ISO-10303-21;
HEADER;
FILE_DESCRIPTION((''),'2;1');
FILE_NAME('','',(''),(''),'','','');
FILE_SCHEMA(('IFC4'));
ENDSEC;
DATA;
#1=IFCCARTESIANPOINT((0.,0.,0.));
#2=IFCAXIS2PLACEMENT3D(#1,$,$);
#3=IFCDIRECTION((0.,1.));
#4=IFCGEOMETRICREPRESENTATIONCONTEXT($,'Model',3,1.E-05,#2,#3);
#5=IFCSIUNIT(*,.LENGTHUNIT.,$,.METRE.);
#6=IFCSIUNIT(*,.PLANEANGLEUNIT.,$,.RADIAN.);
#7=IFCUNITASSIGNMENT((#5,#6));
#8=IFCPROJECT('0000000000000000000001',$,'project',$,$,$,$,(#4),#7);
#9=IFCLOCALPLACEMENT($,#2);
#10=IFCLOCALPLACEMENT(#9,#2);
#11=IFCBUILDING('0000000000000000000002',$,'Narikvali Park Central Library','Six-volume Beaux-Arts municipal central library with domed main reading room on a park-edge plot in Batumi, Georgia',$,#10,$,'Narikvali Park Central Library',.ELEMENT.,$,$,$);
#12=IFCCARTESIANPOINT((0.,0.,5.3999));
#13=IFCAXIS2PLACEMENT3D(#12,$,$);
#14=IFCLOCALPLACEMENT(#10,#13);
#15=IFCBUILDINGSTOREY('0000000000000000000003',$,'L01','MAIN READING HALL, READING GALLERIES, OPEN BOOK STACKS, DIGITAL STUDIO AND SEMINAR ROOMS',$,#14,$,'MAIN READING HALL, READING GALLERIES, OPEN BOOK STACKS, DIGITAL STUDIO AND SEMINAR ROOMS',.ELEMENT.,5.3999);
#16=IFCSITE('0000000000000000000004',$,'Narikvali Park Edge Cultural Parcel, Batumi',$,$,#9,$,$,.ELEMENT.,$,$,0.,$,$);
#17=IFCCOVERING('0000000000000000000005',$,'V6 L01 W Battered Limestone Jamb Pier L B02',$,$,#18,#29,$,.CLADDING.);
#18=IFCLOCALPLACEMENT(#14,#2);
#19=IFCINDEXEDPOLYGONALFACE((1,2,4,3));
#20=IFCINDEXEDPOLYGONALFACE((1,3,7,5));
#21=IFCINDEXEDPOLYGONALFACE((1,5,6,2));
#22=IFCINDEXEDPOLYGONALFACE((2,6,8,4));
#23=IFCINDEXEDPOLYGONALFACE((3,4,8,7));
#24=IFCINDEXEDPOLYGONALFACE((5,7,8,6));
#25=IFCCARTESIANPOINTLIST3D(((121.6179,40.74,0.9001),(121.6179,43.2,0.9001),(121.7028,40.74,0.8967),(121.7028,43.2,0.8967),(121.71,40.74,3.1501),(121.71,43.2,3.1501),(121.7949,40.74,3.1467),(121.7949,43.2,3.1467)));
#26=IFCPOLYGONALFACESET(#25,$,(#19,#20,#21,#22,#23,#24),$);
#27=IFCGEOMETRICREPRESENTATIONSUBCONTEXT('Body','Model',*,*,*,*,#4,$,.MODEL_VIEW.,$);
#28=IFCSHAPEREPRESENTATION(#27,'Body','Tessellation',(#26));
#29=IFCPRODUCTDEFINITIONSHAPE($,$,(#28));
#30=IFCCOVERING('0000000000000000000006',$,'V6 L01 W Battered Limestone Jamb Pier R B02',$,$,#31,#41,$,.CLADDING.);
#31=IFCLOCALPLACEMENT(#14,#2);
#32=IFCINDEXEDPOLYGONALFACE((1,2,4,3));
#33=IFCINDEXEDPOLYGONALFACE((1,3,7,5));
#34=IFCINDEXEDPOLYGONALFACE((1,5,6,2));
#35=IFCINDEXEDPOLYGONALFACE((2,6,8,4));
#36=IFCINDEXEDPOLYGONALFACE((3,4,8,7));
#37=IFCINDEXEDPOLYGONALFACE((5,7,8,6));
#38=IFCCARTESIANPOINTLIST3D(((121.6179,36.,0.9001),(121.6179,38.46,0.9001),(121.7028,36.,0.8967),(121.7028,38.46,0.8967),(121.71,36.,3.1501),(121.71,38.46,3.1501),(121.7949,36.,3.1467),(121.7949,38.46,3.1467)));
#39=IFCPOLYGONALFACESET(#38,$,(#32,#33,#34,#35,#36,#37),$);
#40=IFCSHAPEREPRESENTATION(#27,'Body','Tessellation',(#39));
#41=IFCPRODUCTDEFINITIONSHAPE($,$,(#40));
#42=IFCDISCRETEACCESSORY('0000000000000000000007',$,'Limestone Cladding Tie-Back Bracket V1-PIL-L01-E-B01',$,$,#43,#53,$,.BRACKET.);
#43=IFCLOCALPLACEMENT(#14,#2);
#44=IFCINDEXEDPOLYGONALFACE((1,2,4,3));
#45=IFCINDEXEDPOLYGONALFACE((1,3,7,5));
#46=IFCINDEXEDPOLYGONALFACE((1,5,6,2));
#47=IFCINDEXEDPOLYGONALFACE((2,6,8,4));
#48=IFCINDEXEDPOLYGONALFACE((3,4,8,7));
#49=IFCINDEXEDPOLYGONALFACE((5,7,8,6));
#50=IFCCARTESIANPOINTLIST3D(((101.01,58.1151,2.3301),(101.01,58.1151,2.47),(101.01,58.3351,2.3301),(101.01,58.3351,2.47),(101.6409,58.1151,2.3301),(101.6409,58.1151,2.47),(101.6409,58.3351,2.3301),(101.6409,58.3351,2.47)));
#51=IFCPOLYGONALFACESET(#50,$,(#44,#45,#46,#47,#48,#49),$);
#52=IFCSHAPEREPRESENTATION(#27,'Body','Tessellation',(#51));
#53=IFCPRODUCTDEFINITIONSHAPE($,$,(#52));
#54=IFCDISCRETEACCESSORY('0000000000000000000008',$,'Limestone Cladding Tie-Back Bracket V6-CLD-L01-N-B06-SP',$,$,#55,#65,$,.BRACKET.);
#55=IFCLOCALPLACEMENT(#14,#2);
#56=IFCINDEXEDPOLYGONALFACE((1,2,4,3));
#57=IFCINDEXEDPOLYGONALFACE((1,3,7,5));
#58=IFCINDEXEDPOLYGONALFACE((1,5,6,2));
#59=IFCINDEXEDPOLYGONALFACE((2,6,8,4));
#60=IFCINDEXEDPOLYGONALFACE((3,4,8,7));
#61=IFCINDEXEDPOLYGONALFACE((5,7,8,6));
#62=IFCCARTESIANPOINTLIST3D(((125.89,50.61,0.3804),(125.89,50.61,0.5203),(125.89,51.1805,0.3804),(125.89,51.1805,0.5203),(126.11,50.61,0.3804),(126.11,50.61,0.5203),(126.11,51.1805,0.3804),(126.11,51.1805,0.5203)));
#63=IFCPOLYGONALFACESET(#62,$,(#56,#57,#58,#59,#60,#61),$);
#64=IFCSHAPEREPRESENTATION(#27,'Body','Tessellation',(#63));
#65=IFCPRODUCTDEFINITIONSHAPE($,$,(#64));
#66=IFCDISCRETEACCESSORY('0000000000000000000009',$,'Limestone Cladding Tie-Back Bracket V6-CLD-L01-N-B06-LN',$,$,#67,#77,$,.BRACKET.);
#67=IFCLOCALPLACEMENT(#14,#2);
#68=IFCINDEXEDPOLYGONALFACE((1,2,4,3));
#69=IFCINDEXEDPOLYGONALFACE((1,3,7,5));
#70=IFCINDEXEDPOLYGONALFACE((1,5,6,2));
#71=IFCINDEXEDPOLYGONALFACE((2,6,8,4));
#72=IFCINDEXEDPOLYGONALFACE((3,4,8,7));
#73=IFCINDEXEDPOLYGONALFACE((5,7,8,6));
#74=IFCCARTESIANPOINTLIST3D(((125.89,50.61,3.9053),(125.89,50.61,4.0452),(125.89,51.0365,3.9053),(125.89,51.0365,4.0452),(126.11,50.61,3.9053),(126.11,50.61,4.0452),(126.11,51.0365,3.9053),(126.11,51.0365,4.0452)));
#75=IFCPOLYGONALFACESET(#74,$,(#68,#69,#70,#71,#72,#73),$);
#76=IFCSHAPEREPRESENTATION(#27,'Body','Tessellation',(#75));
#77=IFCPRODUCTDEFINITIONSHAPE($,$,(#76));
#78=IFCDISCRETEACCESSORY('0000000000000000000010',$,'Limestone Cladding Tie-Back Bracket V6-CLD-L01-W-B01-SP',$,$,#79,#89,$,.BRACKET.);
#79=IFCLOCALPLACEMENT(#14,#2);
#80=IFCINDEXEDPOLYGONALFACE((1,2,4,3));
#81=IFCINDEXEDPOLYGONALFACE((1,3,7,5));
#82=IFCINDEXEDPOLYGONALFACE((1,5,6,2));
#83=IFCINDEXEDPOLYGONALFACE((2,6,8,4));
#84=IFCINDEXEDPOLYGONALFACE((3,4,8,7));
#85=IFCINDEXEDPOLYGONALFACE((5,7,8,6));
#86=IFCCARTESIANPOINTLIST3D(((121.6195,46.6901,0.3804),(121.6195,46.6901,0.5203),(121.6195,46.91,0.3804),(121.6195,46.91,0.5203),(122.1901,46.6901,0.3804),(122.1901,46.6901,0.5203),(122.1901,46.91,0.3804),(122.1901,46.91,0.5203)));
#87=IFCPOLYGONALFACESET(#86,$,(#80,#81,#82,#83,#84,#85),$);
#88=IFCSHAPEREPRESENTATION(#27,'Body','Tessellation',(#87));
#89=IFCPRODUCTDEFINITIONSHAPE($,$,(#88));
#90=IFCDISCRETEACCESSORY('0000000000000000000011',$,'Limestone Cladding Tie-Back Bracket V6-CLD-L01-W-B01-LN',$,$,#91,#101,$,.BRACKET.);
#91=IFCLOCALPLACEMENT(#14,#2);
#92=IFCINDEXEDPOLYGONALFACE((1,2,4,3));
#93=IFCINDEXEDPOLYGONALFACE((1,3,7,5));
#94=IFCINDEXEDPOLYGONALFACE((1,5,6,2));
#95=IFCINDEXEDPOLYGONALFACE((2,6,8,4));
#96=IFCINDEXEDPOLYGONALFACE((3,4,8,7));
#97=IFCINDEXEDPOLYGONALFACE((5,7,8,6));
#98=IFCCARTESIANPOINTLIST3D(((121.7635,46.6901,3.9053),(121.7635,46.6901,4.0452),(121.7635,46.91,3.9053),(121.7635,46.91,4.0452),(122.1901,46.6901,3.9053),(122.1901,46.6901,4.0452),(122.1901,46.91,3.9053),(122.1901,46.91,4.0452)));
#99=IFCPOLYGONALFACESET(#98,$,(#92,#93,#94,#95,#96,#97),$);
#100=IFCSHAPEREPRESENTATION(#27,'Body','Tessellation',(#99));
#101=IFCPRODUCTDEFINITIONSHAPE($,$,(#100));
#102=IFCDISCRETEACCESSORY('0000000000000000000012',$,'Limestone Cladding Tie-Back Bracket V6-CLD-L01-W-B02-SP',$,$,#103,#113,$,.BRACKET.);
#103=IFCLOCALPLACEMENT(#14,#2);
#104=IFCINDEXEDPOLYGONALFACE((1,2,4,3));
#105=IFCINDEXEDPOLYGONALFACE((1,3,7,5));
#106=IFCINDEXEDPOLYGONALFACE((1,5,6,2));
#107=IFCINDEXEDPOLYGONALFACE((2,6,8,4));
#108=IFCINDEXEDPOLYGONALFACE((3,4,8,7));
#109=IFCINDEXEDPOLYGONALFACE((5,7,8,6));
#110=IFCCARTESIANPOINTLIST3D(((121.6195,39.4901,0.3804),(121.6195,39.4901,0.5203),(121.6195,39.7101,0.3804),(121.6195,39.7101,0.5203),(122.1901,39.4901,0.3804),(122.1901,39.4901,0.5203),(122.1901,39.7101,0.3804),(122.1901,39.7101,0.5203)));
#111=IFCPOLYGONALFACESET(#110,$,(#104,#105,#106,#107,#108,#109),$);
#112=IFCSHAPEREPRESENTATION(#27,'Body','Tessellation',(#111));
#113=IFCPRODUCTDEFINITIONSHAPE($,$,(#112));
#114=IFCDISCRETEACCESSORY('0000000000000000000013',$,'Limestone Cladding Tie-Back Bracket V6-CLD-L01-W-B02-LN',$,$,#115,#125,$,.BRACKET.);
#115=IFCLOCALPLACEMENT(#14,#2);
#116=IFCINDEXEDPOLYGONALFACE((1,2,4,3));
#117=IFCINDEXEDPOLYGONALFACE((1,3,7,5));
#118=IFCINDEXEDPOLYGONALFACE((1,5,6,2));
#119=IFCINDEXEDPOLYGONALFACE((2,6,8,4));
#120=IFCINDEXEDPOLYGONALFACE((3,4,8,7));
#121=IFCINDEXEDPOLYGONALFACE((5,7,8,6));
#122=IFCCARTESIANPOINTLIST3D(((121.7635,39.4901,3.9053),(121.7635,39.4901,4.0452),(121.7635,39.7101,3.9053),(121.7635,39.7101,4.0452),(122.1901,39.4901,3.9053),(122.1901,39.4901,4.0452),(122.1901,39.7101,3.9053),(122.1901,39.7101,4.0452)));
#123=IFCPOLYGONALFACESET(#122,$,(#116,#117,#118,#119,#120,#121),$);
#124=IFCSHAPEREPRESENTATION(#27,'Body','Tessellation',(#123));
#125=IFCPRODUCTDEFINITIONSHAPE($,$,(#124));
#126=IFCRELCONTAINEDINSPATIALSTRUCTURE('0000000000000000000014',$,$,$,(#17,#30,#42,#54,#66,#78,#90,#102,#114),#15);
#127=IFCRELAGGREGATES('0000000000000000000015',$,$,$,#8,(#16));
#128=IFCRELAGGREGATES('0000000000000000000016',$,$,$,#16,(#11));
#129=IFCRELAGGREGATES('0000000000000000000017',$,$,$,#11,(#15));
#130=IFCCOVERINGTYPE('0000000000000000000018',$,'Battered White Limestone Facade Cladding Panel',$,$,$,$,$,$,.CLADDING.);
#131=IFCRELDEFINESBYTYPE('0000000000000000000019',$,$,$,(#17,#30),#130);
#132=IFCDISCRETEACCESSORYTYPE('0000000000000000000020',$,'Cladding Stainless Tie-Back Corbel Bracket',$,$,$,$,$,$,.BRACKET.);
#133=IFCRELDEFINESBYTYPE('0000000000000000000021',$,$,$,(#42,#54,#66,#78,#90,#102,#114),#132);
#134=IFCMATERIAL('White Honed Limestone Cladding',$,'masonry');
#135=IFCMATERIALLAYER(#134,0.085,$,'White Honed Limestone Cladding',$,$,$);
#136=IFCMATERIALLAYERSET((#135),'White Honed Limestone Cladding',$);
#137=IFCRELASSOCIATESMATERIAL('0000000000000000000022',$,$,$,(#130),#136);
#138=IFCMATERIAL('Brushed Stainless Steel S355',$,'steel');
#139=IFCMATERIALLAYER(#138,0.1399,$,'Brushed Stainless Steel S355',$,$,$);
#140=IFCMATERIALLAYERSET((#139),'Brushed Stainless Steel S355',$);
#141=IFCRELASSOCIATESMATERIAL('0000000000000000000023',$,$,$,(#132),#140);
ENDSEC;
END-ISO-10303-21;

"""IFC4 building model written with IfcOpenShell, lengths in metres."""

from ifc_helpers import new_model, si_unit, direction, frame, origin, origin_2d, place, context, subcontext, project, spatial, polyline, rectangle, outline, extrude, material, layer, layer_set, type_object, element, save


model = new_model("IFC4")

# Units and contexts
model_context = context("Model", 3, precision=1e-05, world=origin(), true_north=direction((0.0, 1.0)))
body_context = subcontext(model_context, "Body", "Model", "MODEL_VIEW")
ifc_project = project(units=[si_unit("LENGTHUNIT", "METRE"), si_unit("PLANEANGLEUNIT", "RADIAN")], contexts=[model_context])

# Site, building, storey
site_placement = place(None, origin())
site = spatial("IfcSite", under=ifc_project, at=site_placement, Name="Narikvali Park Edge Cultural Parcel, Batumi", CompositionType="ELEMENT", RefElevation=0.0)
building_placement = place(site_placement, origin())
building = spatial("IfcBuilding", under=site, at=building_placement, Name="Narikvali Park Central Library", Description="Six-volume Beaux-Arts municipal central library with domed main reading room on a park-edge plot in Batumi, Georgia", LongName="Narikvali Park Central Library", CompositionType="ELEMENT")
storey_placement = place(building_placement, frame((0.0, 0.0, 5.3999)))
storey = spatial("IfcBuildingStorey", under=building, at=storey_placement, Name="L01", Description="MAIN READING HALL, READING GALLERIES, OPEN BOOK STACKS, DIGITAL STUDIO AND SEMINAR ROOMS", LongName="MAIN READING HALL, READING GALLERIES, OPEN BOOK STACKS, DIGITAL STUDIO AND SEMINAR ROOMS", CompositionType="ELEMENT", Elevation=5.3999)

# Coverings
ifc_material_1 = material(Name="White Honed Limestone Cladding", Category="masonry")
ifc_layer_1 = layer(ifc_material_1, 0.085, Name="White Honed Limestone Cladding")
ifc_layer_set_1 = layer_set([ifc_layer_1], Name="White Honed Limestone Cladding")
covering_type = type_object("IfcCoveringType", Name="Battered White Limestone Facade Cladding Panel", PredefinedType="CLADDING", material=ifc_layer_set_1)
for number, where, z_axis, x_axis, name in (
    (1, (121.6179, 43.2, 0.9001), (-0.999164, 0.0, 0.040873), (0.0, -1.0, 0.0), "V6 L01 W Battered Limestone Jamb Pier L B02"),
    (2, (121.6179, 38.46, 0.9001), (-0.999164, 0.0, 0.040873), (0.0, -1.0, 0.0), "V6 L01 W Battered Limestone Jamb Pier R B02"),
):
    element("IfcCovering", number, at=place(storey_placement, frame(where, z_axis=z_axis, x_axis=x_axis)), inside=storey, type_object=covering_type, Name=name, PredefinedType="CLADDING", context=body_context, shape_type="SweptSolid", body=[
        extrude(outline(polyline([(0.0, 0.0), (2.46, 0.0), (2.46, 2.2519), (0.0, 2.2519), (0.0, 0.0)])), origin(), (0.0, 0.0, -1.0), 0.085),
    ])

# Discrete accessories
ifc_material_2 = material(Name="Brushed Stainless Steel S355", Category="steel")
ifc_layer_2 = layer(ifc_material_2, 0.1399, Name="Brushed Stainless Steel S355")
ifc_layer_set_2 = layer_set([ifc_layer_2], Name="Brushed Stainless Steel S355")
discrete_accessory_type = type_object("IfcDiscreteAccessoryType", Name="Cladding Stainless Tie-Back Corbel Bracket", PredefinedType="BRACKET", material=ifc_layer_set_2)
discrete_accessory_1_placement = place(storey_placement, frame((101.3254, 58.2251, 2.3301), z_axis=(0.0, 0.0, 1.0), x_axis=(1.0, 0.0, 0.0)))
element("IfcDiscreteAccessory", 3, at=discrete_accessory_1_placement, inside=storey, type_object=discrete_accessory_type, Name="Limestone Cladding Tie-Back Bracket V1-PIL-L01-E-B01", PredefinedType="BRACKET", context=body_context, shape_type="SweptSolid", body=[
    extrude(rectangle(XDim=0.6309, YDim=0.22, at=origin_2d()), origin(), (0.0, 0.0, 1.0), 0.1399),
])
discrete_accessory_2_placement = place(storey_placement, frame((126.0, 50.8953, 0.3804), z_axis=(0.0, 0.0, 1.0), x_axis=(1.0, 0.0, 0.0)))
element("IfcDiscreteAccessory", 4, at=discrete_accessory_2_placement, inside=storey, type_object=discrete_accessory_type, Name="Limestone Cladding Tie-Back Bracket V6-CLD-L01-N-B06-SP", PredefinedType="BRACKET", context=body_context, shape_type="SweptSolid", body=[
    extrude(rectangle(XDim=0.22, YDim=0.5706, at=origin_2d()), origin(), (0.0, 0.0, 1.0), 0.1399),
])
discrete_accessory_3_placement = place(storey_placement, frame((126.0, 50.8232, 3.9053), z_axis=(0.0, 0.0, 1.0), x_axis=(1.0, 0.0, 0.0)))
element("IfcDiscreteAccessory", 5, at=discrete_accessory_3_placement, inside=storey, type_object=discrete_accessory_type, Name="Limestone Cladding Tie-Back Bracket V6-CLD-L01-N-B06-LN", PredefinedType="BRACKET", context=body_context, shape_type="SweptSolid", body=[
    extrude(rectangle(XDim=0.22, YDim=0.4265, at=origin_2d()), origin(), (0.0, 0.0, 1.0), 0.1399),
])
discrete_accessory_4_placement = place(storey_placement, frame((121.9048, 46.8, 0.3804), z_axis=(0.0, 0.0, 1.0), x_axis=(1.0, 0.0, 0.0)))
element("IfcDiscreteAccessory", 6, at=discrete_accessory_4_placement, inside=storey, type_object=discrete_accessory_type, Name="Limestone Cladding Tie-Back Bracket V6-CLD-L01-W-B01-SP", PredefinedType="BRACKET", context=body_context, shape_type="SweptSolid", body=[
    extrude(rectangle(XDim=0.5706, YDim=0.22, at=origin_2d()), origin(), (0.0, 0.0, 1.0), 0.1399),
])
discrete_accessory_5_placement = place(storey_placement, frame((121.9768, 46.8, 3.9053), z_axis=(0.0, 0.0, 1.0), x_axis=(1.0, 0.0, 0.0)))
element("IfcDiscreteAccessory", 7, at=discrete_accessory_5_placement, inside=storey, type_object=discrete_accessory_type, Name="Limestone Cladding Tie-Back Bracket V6-CLD-L01-W-B01-LN", PredefinedType="BRACKET", context=body_context, shape_type="SweptSolid", body=[
    extrude(rectangle(XDim=0.4265, YDim=0.22, at=origin_2d()), origin(), (0.0, 0.0, 1.0), 0.1399),
])
discrete_accessory_6_placement = place(storey_placement, frame((121.9048, 39.6001, 0.3804), z_axis=(0.0, 0.0, 1.0), x_axis=(1.0, 0.0, 0.0)))
element("IfcDiscreteAccessory", 8, at=discrete_accessory_6_placement, inside=storey, type_object=discrete_accessory_type, Name="Limestone Cladding Tie-Back Bracket V6-CLD-L01-W-B02-SP", PredefinedType="BRACKET", context=body_context, shape_type="SweptSolid", body=[
    extrude(rectangle(XDim=0.5706, YDim=0.22, at=origin_2d()), origin(), (0.0, 0.0, 1.0), 0.1399),
])
discrete_accessory_7_placement = place(storey_placement, frame((121.9768, 39.6001, 3.9053), z_axis=(0.0, 0.0, 1.0), x_axis=(1.0, 0.0, 0.0)))
element("IfcDiscreteAccessory", 9, at=discrete_accessory_7_placement, inside=storey, type_object=discrete_accessory_type, Name="Limestone Cladding Tie-Back Bracket V6-CLD-L01-W-B02-LN", PredefinedType="BRACKET", context=body_context, shape_type="SweptSolid", body=[
    extrude(rectangle(XDim=0.4265, YDim=0.22, at=origin_2d()), origin(), (0.0, 0.0, 1.0), 0.1399),
])

save(model, "model.ifc")
